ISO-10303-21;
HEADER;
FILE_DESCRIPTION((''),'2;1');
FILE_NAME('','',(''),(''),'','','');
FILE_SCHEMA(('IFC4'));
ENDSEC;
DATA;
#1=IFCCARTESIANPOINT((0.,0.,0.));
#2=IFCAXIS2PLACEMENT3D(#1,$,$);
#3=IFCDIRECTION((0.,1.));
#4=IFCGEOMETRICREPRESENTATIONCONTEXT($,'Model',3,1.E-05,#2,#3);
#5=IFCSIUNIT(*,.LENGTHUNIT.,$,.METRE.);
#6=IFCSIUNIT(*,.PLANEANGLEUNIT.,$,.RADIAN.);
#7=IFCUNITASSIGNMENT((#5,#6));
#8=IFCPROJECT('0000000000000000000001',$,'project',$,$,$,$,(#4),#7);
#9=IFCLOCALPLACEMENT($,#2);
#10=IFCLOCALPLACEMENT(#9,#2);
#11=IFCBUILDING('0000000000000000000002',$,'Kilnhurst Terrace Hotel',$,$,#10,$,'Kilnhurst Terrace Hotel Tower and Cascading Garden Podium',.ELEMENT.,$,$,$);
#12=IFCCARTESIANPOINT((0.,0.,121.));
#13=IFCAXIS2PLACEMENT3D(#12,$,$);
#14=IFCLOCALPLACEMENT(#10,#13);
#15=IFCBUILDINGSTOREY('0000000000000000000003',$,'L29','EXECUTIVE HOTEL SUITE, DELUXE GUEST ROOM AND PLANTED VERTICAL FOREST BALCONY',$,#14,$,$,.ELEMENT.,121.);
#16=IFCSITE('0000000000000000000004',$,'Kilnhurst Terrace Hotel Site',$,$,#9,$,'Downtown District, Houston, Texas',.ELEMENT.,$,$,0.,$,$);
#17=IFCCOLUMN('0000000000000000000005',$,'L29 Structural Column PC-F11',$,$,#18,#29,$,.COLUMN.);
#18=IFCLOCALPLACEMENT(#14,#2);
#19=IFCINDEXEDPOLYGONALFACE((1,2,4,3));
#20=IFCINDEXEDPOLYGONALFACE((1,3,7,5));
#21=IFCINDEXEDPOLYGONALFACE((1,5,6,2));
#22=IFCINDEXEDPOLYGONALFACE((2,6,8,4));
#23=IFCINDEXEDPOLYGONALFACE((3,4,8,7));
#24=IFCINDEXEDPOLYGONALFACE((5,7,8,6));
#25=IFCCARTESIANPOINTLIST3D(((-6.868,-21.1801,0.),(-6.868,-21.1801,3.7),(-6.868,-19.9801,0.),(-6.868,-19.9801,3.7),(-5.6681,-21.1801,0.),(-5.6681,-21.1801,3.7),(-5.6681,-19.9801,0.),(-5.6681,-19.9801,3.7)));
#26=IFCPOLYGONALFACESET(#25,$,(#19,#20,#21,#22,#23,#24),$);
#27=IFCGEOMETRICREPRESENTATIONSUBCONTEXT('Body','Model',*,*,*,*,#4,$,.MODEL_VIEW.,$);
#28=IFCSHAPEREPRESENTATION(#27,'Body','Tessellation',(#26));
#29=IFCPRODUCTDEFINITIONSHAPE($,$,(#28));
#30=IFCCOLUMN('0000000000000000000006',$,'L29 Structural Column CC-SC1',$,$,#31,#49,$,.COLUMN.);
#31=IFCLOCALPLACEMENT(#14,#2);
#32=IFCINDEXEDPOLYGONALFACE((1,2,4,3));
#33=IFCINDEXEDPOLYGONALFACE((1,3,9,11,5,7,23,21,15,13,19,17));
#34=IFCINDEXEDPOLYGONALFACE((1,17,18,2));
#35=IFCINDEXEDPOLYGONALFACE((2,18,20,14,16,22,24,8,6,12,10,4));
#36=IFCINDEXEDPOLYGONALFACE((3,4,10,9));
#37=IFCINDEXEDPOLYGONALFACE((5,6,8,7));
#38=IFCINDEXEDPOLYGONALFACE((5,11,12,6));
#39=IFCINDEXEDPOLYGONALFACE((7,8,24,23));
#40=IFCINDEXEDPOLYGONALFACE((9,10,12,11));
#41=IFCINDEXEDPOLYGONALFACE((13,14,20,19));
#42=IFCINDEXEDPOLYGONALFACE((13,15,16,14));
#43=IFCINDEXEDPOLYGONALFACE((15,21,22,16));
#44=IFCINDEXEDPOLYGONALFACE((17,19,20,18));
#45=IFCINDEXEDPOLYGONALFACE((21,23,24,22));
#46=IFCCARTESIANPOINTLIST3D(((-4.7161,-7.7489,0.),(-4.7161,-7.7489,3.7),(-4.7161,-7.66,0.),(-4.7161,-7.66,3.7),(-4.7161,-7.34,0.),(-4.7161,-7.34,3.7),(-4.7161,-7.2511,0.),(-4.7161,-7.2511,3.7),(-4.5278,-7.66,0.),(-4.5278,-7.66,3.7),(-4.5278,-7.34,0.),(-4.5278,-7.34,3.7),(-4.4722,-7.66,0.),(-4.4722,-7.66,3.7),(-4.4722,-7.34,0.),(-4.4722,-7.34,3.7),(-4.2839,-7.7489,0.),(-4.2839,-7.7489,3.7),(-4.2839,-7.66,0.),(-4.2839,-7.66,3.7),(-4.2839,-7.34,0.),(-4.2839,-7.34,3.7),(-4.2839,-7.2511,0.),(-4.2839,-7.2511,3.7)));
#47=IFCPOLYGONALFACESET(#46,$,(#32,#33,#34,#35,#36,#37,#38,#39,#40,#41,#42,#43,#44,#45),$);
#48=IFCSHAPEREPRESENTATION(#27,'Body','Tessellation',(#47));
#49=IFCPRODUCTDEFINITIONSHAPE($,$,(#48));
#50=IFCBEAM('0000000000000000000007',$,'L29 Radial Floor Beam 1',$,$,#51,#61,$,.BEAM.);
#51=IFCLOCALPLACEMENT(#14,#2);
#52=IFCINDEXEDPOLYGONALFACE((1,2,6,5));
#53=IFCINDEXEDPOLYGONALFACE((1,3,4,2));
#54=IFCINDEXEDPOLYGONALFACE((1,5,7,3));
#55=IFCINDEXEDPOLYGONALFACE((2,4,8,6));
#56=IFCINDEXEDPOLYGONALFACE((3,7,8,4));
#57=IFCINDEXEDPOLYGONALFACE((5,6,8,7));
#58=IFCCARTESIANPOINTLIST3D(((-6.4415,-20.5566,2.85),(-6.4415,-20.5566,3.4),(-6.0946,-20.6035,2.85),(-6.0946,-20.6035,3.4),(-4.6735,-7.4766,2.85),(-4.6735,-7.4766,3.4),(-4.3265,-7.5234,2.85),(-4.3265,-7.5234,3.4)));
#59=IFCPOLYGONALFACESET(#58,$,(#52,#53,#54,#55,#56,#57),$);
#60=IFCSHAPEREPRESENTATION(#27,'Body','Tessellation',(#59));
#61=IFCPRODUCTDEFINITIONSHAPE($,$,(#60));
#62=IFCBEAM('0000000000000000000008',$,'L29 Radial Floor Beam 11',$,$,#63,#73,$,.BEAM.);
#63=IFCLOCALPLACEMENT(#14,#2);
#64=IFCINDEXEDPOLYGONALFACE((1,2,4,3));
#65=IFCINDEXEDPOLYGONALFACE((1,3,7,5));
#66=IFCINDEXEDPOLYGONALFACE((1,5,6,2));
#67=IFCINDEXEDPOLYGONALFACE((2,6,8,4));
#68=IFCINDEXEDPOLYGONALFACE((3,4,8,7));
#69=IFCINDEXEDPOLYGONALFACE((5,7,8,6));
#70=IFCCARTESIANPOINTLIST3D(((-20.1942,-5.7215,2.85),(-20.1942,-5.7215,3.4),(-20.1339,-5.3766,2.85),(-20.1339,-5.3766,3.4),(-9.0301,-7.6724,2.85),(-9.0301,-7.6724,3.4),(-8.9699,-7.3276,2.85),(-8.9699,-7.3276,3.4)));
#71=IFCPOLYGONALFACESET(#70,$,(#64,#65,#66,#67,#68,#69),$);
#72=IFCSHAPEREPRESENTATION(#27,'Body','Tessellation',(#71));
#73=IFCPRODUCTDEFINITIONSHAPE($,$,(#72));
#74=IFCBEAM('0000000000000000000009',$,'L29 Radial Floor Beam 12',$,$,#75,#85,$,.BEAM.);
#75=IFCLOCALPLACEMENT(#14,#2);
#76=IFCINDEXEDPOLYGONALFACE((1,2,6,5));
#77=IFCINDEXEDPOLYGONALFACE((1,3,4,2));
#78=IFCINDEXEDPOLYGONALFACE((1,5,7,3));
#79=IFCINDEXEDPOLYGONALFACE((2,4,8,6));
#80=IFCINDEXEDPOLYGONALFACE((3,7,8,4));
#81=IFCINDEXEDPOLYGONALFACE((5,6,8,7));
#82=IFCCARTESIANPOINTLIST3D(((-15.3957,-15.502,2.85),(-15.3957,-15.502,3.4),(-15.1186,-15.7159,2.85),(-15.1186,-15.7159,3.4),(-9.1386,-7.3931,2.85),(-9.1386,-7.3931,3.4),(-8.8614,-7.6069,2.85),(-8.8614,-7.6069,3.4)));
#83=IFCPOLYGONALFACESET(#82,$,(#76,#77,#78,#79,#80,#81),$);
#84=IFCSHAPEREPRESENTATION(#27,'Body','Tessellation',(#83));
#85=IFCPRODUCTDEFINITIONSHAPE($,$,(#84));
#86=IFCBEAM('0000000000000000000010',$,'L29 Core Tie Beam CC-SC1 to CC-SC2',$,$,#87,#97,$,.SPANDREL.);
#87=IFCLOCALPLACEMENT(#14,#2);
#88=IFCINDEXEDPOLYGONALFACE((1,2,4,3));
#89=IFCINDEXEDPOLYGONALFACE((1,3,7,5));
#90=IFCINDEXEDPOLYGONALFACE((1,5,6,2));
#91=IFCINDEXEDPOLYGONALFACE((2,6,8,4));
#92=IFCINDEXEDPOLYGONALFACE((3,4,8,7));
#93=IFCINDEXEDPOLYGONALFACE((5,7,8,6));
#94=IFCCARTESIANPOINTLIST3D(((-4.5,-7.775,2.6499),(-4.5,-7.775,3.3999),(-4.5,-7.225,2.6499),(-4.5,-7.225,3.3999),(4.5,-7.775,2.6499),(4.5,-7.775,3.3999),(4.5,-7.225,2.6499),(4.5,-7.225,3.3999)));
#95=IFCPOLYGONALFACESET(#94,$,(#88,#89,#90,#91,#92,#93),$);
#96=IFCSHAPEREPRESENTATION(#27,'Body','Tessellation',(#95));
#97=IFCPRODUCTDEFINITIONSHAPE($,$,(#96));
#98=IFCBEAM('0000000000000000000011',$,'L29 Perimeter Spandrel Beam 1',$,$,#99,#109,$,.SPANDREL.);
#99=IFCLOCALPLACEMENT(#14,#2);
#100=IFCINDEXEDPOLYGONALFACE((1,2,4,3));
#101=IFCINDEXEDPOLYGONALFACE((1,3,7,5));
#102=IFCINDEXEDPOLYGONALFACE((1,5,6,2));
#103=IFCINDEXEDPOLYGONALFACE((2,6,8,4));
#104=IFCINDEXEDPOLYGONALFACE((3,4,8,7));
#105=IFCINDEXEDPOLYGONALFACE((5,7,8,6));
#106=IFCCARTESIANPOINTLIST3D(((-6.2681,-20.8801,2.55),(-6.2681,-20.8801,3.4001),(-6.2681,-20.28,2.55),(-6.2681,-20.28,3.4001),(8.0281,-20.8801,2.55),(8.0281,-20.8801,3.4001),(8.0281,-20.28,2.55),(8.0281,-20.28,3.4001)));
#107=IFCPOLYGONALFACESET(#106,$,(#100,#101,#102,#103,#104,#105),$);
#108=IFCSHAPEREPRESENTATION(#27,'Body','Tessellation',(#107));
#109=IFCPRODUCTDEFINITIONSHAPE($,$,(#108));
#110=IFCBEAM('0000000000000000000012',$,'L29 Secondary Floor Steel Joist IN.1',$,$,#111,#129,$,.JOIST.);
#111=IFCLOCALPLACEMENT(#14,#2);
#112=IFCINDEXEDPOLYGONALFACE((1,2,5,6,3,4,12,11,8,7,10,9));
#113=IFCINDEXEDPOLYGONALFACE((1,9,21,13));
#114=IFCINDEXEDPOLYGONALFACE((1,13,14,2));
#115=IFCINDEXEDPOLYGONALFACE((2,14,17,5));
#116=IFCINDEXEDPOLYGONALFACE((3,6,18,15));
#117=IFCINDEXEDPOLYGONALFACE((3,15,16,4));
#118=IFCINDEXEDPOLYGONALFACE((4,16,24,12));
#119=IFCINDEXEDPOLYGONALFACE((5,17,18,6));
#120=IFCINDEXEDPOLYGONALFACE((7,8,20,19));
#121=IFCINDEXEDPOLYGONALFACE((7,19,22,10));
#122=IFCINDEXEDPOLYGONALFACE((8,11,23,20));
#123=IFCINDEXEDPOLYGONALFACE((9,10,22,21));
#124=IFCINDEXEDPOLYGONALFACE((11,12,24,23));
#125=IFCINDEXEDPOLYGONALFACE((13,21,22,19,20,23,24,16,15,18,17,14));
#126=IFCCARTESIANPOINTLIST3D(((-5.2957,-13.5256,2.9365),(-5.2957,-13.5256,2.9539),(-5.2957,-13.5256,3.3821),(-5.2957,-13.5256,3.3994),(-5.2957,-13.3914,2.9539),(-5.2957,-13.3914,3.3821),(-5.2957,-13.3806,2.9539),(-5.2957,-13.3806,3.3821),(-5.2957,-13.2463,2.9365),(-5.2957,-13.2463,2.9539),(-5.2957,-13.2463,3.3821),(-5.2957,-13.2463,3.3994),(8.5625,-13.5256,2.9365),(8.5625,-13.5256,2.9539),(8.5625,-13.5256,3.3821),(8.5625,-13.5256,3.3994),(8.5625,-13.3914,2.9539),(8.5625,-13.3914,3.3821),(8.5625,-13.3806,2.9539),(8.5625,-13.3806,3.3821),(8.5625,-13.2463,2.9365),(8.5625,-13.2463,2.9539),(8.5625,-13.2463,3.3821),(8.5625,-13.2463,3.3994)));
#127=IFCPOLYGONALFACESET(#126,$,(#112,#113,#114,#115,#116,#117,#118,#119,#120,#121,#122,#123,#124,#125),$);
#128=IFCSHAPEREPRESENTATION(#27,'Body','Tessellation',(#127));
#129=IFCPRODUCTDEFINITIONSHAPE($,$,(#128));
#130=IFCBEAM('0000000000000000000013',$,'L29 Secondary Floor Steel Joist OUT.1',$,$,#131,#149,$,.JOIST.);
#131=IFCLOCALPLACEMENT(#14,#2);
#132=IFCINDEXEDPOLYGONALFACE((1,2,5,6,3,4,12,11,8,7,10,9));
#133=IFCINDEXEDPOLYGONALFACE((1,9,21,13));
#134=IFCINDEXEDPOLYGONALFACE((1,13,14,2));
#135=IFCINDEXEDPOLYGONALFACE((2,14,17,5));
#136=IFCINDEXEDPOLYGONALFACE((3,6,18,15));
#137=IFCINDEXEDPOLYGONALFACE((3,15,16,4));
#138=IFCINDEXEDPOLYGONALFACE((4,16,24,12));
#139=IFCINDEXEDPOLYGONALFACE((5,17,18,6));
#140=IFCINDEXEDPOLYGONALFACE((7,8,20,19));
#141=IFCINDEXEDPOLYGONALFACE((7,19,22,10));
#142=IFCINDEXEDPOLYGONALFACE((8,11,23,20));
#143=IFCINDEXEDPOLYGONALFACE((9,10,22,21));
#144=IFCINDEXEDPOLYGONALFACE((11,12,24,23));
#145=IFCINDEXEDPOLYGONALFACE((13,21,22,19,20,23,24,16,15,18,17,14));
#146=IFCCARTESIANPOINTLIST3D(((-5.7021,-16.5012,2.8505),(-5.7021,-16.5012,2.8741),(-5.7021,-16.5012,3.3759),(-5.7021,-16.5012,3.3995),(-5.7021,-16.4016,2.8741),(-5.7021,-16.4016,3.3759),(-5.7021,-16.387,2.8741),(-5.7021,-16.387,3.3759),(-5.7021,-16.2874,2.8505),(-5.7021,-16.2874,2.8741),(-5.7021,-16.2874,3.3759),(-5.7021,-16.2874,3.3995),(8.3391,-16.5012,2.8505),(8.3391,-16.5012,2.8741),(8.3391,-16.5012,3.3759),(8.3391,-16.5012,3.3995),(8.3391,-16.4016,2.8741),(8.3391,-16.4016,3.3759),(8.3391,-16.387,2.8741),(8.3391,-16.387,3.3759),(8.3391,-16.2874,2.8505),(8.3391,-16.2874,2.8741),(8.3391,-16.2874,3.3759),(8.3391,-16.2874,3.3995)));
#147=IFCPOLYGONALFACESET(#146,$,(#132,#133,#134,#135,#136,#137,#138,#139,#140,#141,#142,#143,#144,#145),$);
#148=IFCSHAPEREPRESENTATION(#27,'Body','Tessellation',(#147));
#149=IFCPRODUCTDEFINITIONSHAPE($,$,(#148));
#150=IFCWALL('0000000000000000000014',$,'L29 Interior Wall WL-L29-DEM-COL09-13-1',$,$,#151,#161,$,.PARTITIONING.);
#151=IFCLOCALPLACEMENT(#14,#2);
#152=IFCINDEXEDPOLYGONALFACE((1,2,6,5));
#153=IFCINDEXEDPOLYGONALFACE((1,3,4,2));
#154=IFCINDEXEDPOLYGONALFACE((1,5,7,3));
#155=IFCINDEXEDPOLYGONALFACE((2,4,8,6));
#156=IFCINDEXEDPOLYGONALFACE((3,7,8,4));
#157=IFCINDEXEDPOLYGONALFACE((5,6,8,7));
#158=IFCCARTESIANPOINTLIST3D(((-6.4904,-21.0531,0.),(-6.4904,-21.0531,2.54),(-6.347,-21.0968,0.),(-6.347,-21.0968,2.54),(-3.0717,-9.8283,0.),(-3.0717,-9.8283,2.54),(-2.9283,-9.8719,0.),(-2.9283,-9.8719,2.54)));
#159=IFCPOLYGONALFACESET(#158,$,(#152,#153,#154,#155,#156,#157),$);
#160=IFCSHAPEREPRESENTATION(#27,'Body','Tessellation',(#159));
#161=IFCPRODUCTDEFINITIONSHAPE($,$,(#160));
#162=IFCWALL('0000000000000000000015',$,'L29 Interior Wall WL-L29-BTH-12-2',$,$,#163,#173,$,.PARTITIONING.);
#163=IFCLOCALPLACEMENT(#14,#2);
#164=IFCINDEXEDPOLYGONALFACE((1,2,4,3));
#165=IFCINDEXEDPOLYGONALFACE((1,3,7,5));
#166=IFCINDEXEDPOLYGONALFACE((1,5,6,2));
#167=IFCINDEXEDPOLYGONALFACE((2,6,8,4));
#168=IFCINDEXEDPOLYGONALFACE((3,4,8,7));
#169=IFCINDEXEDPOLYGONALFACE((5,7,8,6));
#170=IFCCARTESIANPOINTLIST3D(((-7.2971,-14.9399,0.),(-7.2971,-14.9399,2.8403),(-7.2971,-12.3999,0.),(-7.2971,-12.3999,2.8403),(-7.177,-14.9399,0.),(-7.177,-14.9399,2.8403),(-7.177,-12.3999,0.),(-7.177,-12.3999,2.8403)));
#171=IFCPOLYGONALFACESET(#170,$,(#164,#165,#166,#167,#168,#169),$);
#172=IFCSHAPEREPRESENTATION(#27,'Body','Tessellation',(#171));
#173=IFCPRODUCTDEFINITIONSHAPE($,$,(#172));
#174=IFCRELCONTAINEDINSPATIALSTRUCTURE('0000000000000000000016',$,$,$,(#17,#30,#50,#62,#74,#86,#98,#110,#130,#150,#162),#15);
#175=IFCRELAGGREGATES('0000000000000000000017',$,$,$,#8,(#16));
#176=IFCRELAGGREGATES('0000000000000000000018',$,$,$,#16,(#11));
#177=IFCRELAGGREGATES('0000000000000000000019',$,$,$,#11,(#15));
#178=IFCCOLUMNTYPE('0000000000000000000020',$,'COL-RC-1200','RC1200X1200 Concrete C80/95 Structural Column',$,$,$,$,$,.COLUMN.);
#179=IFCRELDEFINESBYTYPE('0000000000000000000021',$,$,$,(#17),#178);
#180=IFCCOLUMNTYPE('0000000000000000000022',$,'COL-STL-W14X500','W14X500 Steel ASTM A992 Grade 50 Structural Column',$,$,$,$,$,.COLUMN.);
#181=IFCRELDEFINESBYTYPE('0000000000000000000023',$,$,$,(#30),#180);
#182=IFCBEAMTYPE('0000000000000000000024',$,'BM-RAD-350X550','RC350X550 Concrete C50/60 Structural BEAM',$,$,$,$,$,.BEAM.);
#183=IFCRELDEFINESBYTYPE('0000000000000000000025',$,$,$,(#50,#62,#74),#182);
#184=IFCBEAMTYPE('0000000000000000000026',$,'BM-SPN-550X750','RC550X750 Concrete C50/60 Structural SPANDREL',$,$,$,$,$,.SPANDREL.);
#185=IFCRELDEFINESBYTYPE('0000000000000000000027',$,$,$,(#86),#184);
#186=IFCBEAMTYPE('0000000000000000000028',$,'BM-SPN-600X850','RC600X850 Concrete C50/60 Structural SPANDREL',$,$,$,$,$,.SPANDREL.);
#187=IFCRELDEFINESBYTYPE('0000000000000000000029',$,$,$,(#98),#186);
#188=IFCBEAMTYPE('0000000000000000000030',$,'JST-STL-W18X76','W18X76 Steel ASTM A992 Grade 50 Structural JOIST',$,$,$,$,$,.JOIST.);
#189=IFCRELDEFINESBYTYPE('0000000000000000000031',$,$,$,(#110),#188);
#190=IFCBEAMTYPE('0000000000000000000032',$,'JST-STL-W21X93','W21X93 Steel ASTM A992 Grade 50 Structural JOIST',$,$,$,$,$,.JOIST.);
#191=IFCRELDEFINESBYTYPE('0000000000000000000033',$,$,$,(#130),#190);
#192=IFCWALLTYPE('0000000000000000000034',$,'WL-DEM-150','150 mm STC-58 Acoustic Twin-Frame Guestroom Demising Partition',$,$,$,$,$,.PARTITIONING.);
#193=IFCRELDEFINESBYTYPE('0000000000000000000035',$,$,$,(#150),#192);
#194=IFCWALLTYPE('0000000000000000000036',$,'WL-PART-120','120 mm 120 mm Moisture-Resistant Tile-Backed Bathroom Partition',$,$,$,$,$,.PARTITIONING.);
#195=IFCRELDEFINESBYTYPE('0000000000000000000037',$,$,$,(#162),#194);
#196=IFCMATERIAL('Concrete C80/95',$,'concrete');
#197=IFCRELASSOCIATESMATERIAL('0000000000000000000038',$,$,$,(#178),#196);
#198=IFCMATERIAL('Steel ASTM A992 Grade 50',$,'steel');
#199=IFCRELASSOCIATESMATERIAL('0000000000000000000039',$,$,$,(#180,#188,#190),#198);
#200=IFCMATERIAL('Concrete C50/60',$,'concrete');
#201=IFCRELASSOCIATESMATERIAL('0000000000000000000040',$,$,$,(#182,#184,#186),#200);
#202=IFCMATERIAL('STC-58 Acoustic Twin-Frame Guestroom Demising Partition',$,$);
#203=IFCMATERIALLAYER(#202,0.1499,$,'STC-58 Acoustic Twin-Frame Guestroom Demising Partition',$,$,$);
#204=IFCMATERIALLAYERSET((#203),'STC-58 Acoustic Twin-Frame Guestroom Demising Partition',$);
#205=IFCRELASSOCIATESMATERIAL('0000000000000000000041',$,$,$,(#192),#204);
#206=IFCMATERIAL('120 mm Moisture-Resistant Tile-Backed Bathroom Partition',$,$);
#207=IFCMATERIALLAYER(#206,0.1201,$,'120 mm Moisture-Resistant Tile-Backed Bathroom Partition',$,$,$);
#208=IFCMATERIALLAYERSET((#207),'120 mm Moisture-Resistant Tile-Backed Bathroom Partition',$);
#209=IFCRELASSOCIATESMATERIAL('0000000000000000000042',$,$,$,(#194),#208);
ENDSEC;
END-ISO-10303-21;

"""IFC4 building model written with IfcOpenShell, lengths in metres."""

from ifc_helpers import new_model, si_unit, direction, frame, frame_2d, origin, origin_2d, place, context, subcontext, project, spatial, rectangle, i_section, extrude, material, layer, layer_set, material_profile, profile_set, type_object, element, save


model = new_model("IFC4")

# Units and contexts
model_context = context("Model", 3, precision=1e-05, world=origin(), true_north=direction((0.0, 1.0)))
body_context = subcontext(model_context, "Body", "Model", "MODEL_VIEW")
ifc_project = project(units=[si_unit("LENGTHUNIT", "METRE"), si_unit("PLANEANGLEUNIT", "RADIAN")], contexts=[model_context])

# Site, building, storey
site_placement = place(None, origin())
site = spatial("IfcSite", under=ifc_project, at=site_placement, Name="Kilnhurst Terrace Hotel Site", LongName="Downtown District, Houston, Texas", CompositionType="ELEMENT", RefElevation=0.0)
building_placement = place(site_placement, origin())
building = spatial("IfcBuilding", under=site, at=building_placement, Name="Kilnhurst Terrace Hotel", LongName="Kilnhurst Terrace Hotel Tower and Cascading Garden Podium", CompositionType="ELEMENT")
storey_placement = place(building_placement, frame((0.0, 0.0, 121.0)))
storey = spatial("IfcBuildingStorey", under=building, at=storey_placement, Name="L29", Description="EXECUTIVE HOTEL SUITE, DELUXE GUEST ROOM AND PLANTED VERTICAL FOREST BALCONY", CompositionType="ELEMENT", Elevation=121.0)

# Columns
ifc_material_1 = material(Name="Concrete C80/95", Category="concrete")
ifc_material_profile_1 = material_profile(ifc_material_1, rectangle(XDim=1.2, YDim=1.2, at=origin_2d()), Name="RC1200X1200")
ifc_profile_set_1 = profile_set([ifc_material_profile_1], Name="Concrete C80/95")
column_type_1 = type_object("IfcColumnType", Name="COL-RC-1200", Description="RC1200X1200 Concrete C80/95 Structural Column", PredefinedType="COLUMN", material=ifc_profile_set_1)
column_1_placement = place(storey_placement, frame((-6.2681, -20.5801, 0.0), z_axis=(0.0, 0.0, 1.0), x_axis=(1.0, 0.0, 0.0)))
element("IfcColumn", 1, at=column_1_placement, inside=storey, type_object=column_type_1, Name="L29 Structural Column PC-F11", PredefinedType="COLUMN", context=body_context, shape_type="SweptSolid", body=[
    extrude(rectangle(XDim=1.2, YDim=1.2, at=origin_2d()), origin(), (0.0, 0.0, 1.0), 3.7),
])
ifc_material_2 = material(Name="Steel ASTM A992 Grade 50", Category="steel")
ifc_material_profile_2 = material_profile(ifc_material_2, i_section(OverallWidth=0.4321, OverallDepth=0.4978, WebThickness=0.0557, FlangeThickness=0.0889, at=origin_2d()), Name="W14X500")
ifc_profile_set_2 = profile_set([ifc_material_profile_2], Name="Steel ASTM A992 Grade 50")
column_type_2 = type_object("IfcColumnType", Name="COL-STL-W14X500", Description="W14X500 Steel ASTM A992 Grade 50 Structural Column", PredefinedType="COLUMN", material=ifc_profile_set_2)
column_2_placement = place(storey_placement, frame((-4.5, -7.5, 0.0), z_axis=(0.0, 0.0, 1.0), x_axis=(1.0, 0.0, 0.0)))
element("IfcColumn", 2, at=column_2_placement, inside=storey, type_object=column_type_2, Name="L29 Structural Column CC-SC1", PredefinedType="COLUMN", context=body_context, shape_type="SweptSolid", body=[
    extrude(i_section(OverallWidth=0.4321, OverallDepth=0.4978, WebThickness=0.0557, FlangeThickness=0.0889, at=origin_2d()), origin(), (0.0, 0.0, 1.0), 3.7),
])

# Beams
ifc_material_3 = material(Name="Concrete C50/60", Category="concrete")
ifc_material_profile_3 = material_profile(ifc_material_3, rectangle(XDim=0.3501, YDim=0.55, at=origin_2d()), Name="RC350X550")
ifc_profile_set_3 = profile_set([ifc_material_profile_3], Name="Concrete C50/60")
beam_type_1 = type_object("IfcBeamType", Name="BM-RAD-350X550", Description="RC350X550 Concrete C50/60 Structural BEAM", PredefinedType="BEAM", material=ifc_profile_set_3)
beam_1_placement = place(storey_placement, frame((-4.5, -7.5, 3.125), z_axis=(-0.133954, -0.990988, 0.0), x_axis=(0.990988, -0.133954, 0.0)))
element("IfcBeam", 3, at=beam_1_placement, inside=storey, type_object=beam_type_1, Name="L29 Radial Floor Beam 1", PredefinedType="BEAM", context=body_context, shape_type="SweptSolid", body=[
    extrude(rectangle(XDim=0.3501, YDim=0.55, at=origin_2d()), origin(), (0.0, 0.0, 1.0), 13.199),
])
beam_2_placement = place(storey_placement, frame((-9.0, -7.5, 3.125), z_axis=(-0.985072, 0.172142, 0.0), x_axis=(-0.172142, -0.985072, 0.0)))
element("IfcBeam", 4, at=beam_2_placement, inside=storey, type_object=beam_type_1, Name="L29 Radial Floor Beam 11", PredefinedType="BEAM", context=body_context, shape_type="SweptSolid", body=[
    extrude(rectangle(XDim=0.3501, YDim=0.55, at=origin_2d()), origin(), (0.0, 0.0, 1.0), 11.3333),
])
beam_3_placement = place(storey_placement, frame((-9.0, -7.5, 3.125), z_axis=(-0.610905, -0.791704, 0.0), x_axis=(0.791704, -0.610905, 0.0)))
element("IfcBeam", 5, at=beam_3_placement, inside=storey, type_object=beam_type_1, Name="L29 Radial Floor Beam 12", PredefinedType="BEAM", context=body_context, shape_type="SweptSolid", body=[
    extrude(rectangle(XDim=0.3501, YDim=0.55, at=origin_2d()), origin(), (0.0, 0.0, 1.0), 10.2424),
])
ifc_material_profile_4 = material_profile(ifc_material_3, rectangle(XDim=0.55, YDim=0.75, at=origin_2d()), Name="RC550X750")
ifc_profile_set_4 = profile_set([ifc_material_profile_4], Name="Concrete C50/60")
beam_type_2 = type_object("IfcBeamType", Name="BM-SPN-550X750", Description="RC550X750 Concrete C50/60 Structural SPANDREL", PredefinedType="SPANDREL", material=ifc_profile_set_4)
beam_4_placement = place(storey_placement, frame((-4.5, -7.5, 3.0249), z_axis=(1.0, 0.0, 0.0), x_axis=(0.0, 1.0, 0.0)))
element("IfcBeam", 6, at=beam_4_placement, inside=storey, type_object=beam_type_2, Name="L29 Core Tie Beam CC-SC1 to CC-SC2", PredefinedType="SPANDREL", context=body_context, shape_type="SweptSolid", body=[
    extrude(rectangle(XDim=0.55, YDim=0.75, at=origin_2d()), origin(), (0.0, 0.0, 1.0), 9.0),
])
ifc_material_profile_5 = material_profile(ifc_material_3, rectangle(XDim=0.6001, YDim=0.8501, at=origin_2d()), Name="RC600X850")
ifc_profile_set_5 = profile_set([ifc_material_profile_5], Name="Concrete C50/60")
beam_type_3 = type_object("IfcBeamType", Name="BM-SPN-600X850", Description="RC600X850 Concrete C50/60 Structural SPANDREL", PredefinedType="SPANDREL", material=ifc_profile_set_5)
beam_5_placement = place(storey_placement, frame((-6.2681, -20.5801, 2.9751), z_axis=(1.0, 0.0, 0.0), x_axis=(0.0, 1.0, 0.0)))
element("IfcBeam", 7, at=beam_5_placement, inside=storey, type_object=beam_type_3, Name="L29 Perimeter Spandrel Beam 1", PredefinedType="SPANDREL", context=body_context, shape_type="SweptSolid", body=[
    extrude(rectangle(XDim=0.6001, YDim=0.8501, at=origin_2d()), origin(), (0.0, 0.0, 1.0), 14.2961),
])
ifc_material_profile_6 = material_profile(ifc_material_2, i_section(OverallWidth=0.2793, OverallDepth=0.4629, WebThickness=0.0107, FlangeThickness=0.0173, at=origin_2d()), Name="W18X76")
ifc_profile_set_6 = profile_set([ifc_material_profile_6], Name="Steel ASTM A992 Grade 50")
beam_type_4 = type_object("IfcBeamType", Name="JST-STL-W18X76", Description="W18X76 Steel ASTM A992 Grade 50 Structural JOIST", PredefinedType="JOIST", material=ifc_profile_set_6)
beam_6_placement = place(storey_placement, frame((-5.2957, -13.386, 3.168), z_axis=(1.0, 0.0, 0.0), x_axis=(0.0, 1.0, 0.0)))
element("IfcBeam", 8, at=beam_6_placement, inside=storey, type_object=beam_type_4, Name="L29 Secondary Floor Steel Joist IN.1", PredefinedType="JOIST", context=body_context, shape_type="SweptSolid", body=[
    extrude(i_section(OverallWidth=0.2793, OverallDepth=0.4629, WebThickness=0.0107, FlangeThickness=0.0173, at=origin_2d()), origin(), (0.0, 0.0, 1.0), 13.8582),
])
ifc_material_profile_7 = material_profile(ifc_material_2, i_section(OverallWidth=0.2139, OverallDepth=0.5491, WebThickness=0.0146, FlangeThickness=0.0237, at=origin_2d()), Name="W21X93")
ifc_profile_set_7 = profile_set([ifc_material_profile_7], Name="Steel ASTM A992 Grade 50")
beam_type_5 = type_object("IfcBeamType", Name="JST-STL-W21X93", Description="W21X93 Steel ASTM A992 Grade 50 Structural JOIST", PredefinedType="JOIST", material=ifc_profile_set_7)
beam_7_placement = place(storey_placement, frame((-5.7021, -16.3943, 3.125), z_axis=(1.0, 0.0, 0.0), x_axis=(0.0, 1.0, 0.0)))
element("IfcBeam", 9, at=beam_7_placement, inside=storey, type_object=beam_type_5, Name="L29 Secondary Floor Steel Joist OUT.1", PredefinedType="JOIST", context=body_context, shape_type="SweptSolid", body=[
    extrude(i_section(OverallWidth=0.2139, OverallDepth=0.5491, WebThickness=0.0146, FlangeThickness=0.0237, at=origin_2d()), origin(), (0.0, 0.0, 1.0), 14.0413),
])

# Walls
ifc_material_4 = material(Name="STC-58 Acoustic Twin-Frame Guestroom Demising Partition")
ifc_layer_1 = layer(ifc_material_4, 0.1499, Name="STC-58 Acoustic Twin-Frame Guestroom Demising Partition")
ifc_layer_set_1 = layer_set([ifc_layer_1], Name="STC-58 Acoustic Twin-Frame Guestroom Demising Partition")
wall_type_1 = type_object("IfcWallType", Name="WL-DEM-150", Description="150 mm STC-58 Acoustic Twin-Frame Guestroom Demising Partition", PredefinedType="PARTITIONING", material=ifc_layer_set_1)
wall_1_placement = place(storey_placement, frame((-3.0, -9.8501, 0.0), z_axis=(0.0, 0.0, 1.0), x_axis=(-0.291352, -0.956616, 0.0)))
element("IfcWall", 10, at=wall_1_placement, inside=storey, type_object=wall_type_1, Name="L29 Interior Wall WL-L29-DEM-COL09-13-1", PredefinedType="PARTITIONING", context=body_context, shape_type="SweptSolid", body=[
    extrude(rectangle(XDim=11.7339, YDim=0.1499, at=frame_2d((5.8669, 0.0))), origin(), (0.0, 0.0, 1.0), 2.54),
])
ifc_material_5 = material(Name="120 mm Moisture-Resistant Tile-Backed Bathroom Partition")
ifc_layer_2 = layer(ifc_material_5, 0.1201, Name="120 mm Moisture-Resistant Tile-Backed Bathroom Partition")
ifc_layer_set_2 = layer_set([ifc_layer_2], Name="120 mm Moisture-Resistant Tile-Backed Bathroom Partition")
wall_type_2 = type_object("IfcWallType", Name="WL-PART-120", Description="120 mm 120 mm Moisture-Resistant Tile-Backed Bathroom Partition", PredefinedType="PARTITIONING", material=ifc_layer_set_2)
wall_2_placement = place(storey_placement, frame((-7.2371, -14.9399, 0.0), z_axis=(0.0, 0.0, 1.0), x_axis=(0.0, 1.0, 0.0)))
element("IfcWall", 11, at=wall_2_placement, inside=storey, type_object=wall_type_2, Name="L29 Interior Wall WL-L29-BTH-12-2", PredefinedType="PARTITIONING", context=body_context, shape_type="SweptSolid", body=[
    extrude(rectangle(XDim=2.54, YDim=0.1201, at=frame_2d((1.27, 0.0))), origin(), (0.0, 0.0, 1.0), 2.8403),
])

save(model, "model.ifc")
